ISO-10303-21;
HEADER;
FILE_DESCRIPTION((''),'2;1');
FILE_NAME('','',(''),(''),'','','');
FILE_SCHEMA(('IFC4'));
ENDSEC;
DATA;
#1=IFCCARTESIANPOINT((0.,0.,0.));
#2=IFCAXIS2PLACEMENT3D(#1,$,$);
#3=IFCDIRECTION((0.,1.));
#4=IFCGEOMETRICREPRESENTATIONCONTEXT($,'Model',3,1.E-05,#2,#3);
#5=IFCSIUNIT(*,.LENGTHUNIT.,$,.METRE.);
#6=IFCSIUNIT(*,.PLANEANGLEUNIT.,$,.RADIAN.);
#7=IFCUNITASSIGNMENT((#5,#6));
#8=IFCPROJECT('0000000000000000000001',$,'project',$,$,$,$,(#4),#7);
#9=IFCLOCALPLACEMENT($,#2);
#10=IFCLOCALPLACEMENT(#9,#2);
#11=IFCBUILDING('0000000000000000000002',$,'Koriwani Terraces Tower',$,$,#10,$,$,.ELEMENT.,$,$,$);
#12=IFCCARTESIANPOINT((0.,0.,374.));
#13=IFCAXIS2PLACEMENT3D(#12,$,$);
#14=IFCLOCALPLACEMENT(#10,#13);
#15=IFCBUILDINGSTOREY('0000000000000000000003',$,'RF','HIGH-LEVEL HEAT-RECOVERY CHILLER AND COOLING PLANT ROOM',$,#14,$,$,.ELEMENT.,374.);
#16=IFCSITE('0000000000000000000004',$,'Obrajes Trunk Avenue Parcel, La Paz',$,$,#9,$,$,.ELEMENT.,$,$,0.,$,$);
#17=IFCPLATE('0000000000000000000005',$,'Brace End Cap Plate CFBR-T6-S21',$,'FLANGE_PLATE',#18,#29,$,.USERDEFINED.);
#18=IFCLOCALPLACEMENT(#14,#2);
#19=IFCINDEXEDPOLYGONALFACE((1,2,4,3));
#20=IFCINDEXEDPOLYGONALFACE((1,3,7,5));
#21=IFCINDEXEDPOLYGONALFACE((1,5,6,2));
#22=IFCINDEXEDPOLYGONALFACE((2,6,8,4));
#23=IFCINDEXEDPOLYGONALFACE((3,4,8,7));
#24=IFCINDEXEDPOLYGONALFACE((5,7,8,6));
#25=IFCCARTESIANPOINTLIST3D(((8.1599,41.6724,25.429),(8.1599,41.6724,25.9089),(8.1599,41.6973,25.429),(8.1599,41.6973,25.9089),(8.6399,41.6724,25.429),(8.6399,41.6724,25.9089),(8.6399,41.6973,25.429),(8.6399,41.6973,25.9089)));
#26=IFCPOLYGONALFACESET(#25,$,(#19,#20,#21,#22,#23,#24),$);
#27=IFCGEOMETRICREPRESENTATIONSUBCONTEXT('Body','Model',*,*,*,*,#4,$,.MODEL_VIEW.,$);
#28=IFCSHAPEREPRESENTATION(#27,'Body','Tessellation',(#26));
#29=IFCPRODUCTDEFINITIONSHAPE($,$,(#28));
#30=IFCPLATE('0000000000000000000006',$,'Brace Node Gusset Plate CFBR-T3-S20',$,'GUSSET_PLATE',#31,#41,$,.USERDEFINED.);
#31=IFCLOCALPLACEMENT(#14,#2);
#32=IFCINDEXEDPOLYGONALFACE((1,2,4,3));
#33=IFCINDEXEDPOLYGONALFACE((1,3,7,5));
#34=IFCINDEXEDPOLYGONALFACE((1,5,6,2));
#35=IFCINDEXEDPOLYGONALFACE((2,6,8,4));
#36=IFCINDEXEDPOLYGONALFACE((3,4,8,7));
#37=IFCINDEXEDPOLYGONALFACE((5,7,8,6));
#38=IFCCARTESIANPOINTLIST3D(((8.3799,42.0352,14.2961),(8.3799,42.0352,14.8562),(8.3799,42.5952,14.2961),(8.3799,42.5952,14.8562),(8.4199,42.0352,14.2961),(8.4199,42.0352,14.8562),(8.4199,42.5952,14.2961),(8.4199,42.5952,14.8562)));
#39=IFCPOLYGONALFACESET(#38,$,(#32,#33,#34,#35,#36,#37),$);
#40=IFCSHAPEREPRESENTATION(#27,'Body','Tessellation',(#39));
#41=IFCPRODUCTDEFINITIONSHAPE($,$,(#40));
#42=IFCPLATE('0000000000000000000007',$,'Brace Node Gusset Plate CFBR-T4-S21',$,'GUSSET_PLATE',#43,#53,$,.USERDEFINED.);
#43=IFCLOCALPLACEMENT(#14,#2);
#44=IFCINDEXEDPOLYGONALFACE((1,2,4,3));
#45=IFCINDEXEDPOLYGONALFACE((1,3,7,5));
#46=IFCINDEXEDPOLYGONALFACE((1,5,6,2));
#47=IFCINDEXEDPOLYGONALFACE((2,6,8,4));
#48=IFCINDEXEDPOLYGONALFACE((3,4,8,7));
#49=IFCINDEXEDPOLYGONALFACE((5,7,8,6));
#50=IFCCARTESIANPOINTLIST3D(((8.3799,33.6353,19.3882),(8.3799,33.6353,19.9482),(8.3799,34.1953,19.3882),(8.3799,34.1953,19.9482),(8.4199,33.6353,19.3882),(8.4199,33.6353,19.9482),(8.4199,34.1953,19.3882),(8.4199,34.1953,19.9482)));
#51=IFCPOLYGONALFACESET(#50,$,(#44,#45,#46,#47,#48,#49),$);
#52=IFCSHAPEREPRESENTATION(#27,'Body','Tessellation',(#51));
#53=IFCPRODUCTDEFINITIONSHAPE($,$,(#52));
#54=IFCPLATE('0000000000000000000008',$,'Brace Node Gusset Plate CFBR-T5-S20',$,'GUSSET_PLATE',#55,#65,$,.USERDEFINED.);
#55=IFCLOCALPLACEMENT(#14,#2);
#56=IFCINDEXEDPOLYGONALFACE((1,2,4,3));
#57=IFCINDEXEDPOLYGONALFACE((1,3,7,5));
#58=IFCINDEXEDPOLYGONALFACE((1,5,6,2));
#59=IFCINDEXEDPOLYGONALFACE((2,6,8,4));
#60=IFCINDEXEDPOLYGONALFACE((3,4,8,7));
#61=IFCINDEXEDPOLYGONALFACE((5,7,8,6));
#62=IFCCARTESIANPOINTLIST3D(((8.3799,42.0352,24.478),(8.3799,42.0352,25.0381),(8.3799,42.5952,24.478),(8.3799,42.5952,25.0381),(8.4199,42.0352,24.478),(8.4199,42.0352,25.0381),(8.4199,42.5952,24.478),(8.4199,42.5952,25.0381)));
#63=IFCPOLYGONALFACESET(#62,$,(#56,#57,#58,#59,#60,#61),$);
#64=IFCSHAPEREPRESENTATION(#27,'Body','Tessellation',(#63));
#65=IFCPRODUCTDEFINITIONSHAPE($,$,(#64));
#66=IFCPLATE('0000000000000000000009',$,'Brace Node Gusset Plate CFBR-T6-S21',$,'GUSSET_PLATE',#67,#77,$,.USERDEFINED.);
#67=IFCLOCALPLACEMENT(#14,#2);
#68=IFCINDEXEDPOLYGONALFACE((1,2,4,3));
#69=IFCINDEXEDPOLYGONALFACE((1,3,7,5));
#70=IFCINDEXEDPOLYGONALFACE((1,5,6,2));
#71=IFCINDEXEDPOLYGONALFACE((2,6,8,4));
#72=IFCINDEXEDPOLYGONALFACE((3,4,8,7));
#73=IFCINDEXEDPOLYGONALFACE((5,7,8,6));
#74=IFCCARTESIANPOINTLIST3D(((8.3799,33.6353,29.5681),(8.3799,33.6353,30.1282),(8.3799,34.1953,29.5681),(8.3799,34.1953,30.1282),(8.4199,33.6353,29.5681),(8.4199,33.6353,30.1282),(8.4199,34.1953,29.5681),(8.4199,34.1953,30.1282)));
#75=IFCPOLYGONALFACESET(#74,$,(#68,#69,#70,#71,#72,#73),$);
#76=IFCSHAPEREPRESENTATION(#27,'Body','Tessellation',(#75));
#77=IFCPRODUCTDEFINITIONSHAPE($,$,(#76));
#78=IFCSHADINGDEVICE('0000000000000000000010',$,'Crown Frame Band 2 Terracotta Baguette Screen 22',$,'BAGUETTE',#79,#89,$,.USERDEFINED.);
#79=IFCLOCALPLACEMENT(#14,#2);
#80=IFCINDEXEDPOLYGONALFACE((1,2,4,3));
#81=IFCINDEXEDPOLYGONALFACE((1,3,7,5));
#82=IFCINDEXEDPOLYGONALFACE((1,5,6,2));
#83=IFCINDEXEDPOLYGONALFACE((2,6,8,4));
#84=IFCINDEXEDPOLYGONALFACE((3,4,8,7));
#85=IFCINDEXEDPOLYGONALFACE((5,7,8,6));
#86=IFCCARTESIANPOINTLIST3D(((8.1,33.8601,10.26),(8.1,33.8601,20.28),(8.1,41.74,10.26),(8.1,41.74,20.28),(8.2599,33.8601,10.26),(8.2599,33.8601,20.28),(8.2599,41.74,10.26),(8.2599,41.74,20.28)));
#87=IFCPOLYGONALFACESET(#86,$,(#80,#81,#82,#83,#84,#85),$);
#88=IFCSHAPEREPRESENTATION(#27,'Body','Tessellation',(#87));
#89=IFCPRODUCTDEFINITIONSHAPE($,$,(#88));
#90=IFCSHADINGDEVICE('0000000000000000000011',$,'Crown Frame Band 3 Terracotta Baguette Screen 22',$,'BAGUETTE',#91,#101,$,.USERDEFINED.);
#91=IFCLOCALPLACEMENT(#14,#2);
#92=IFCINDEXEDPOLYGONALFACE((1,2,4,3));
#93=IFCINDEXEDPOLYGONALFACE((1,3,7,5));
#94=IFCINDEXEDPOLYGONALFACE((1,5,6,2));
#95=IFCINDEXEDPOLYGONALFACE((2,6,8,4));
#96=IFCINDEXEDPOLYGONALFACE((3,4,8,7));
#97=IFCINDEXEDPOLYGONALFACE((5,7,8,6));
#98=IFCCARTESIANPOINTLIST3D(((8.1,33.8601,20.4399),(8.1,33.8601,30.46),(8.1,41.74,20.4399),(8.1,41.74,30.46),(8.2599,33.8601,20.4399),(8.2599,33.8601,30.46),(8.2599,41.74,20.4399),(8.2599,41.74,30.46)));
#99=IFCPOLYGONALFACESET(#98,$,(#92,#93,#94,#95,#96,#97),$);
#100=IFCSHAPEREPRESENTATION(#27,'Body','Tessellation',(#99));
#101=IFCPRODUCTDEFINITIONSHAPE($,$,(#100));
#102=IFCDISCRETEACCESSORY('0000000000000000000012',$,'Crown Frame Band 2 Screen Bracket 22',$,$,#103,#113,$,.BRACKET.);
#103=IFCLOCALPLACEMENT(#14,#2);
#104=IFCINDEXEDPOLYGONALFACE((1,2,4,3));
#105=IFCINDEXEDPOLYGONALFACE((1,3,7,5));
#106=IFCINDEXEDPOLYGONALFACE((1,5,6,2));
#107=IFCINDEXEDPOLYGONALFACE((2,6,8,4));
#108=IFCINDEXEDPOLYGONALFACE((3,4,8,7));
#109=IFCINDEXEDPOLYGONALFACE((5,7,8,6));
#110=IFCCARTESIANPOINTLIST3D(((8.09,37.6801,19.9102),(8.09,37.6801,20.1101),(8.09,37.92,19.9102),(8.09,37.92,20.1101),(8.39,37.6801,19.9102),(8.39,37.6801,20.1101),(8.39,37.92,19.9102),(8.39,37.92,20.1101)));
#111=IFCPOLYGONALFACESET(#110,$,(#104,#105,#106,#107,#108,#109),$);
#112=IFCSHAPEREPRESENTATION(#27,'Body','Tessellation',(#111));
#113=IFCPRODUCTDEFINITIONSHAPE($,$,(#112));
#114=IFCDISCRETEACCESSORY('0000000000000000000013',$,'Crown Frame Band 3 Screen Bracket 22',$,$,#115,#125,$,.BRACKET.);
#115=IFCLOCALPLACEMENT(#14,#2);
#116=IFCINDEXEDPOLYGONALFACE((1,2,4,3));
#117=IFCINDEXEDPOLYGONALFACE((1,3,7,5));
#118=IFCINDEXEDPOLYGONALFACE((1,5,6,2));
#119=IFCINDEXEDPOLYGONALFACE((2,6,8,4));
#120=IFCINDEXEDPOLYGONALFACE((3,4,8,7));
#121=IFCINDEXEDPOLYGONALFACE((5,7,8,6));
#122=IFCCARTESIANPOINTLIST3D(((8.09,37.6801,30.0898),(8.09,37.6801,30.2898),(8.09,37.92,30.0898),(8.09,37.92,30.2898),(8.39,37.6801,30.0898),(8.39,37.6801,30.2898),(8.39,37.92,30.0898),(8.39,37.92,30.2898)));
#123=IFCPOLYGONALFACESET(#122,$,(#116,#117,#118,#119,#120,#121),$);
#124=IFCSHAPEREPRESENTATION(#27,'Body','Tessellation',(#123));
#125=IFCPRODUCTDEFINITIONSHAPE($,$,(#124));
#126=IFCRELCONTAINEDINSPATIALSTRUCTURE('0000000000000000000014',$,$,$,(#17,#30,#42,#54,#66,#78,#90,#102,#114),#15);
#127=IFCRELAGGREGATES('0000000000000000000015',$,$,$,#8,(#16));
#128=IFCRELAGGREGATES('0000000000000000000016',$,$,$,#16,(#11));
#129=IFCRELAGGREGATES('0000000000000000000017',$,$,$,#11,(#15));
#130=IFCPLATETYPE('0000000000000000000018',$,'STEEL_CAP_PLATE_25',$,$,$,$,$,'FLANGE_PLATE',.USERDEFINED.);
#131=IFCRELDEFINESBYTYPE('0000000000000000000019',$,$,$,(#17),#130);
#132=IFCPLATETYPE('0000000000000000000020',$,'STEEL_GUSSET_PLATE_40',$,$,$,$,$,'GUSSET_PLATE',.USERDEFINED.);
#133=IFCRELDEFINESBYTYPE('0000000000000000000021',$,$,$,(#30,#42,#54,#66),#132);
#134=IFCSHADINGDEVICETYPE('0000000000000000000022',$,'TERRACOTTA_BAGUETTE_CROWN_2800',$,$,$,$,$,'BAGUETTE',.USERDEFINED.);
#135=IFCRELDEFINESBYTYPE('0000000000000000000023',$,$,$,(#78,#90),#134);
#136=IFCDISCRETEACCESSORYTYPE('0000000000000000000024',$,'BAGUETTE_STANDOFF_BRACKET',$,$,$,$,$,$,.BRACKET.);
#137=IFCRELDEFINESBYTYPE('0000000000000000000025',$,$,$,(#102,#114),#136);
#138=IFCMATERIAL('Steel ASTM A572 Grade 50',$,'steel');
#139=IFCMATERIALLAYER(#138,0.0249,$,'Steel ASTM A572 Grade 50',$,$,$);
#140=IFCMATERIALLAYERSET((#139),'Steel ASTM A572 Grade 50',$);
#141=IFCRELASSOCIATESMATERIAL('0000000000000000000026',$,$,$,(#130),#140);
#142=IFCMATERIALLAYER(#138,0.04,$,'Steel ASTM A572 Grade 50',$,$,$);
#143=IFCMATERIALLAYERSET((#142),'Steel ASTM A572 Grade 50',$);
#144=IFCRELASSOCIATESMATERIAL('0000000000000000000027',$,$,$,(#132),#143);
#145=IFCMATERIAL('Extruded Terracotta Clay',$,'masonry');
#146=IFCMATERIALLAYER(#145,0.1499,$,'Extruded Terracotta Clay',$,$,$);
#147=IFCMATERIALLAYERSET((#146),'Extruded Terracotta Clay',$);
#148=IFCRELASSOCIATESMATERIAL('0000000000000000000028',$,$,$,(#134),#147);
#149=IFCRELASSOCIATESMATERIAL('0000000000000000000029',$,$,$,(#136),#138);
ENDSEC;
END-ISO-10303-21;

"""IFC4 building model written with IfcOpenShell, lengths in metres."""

from ifc_helpers import new_model, si_unit, direction, frame, origin, origin_2d, place, context, subcontext, project, spatial, rectangle, extrude, material, layer, layer_set, type_object, element, save


model = new_model("IFC4")

# Units and contexts
model_context = context("Model", 3, precision=1e-05, world=origin(), true_north=direction((0.0, 1.0)))
body_context = subcontext(model_context, "Body", "Model", "MODEL_VIEW")
ifc_project = project(units=[si_unit("LENGTHUNIT", "METRE"), si_unit("PLANEANGLEUNIT", "RADIAN")], contexts=[model_context])

# Site, building, storey
site_placement = place(None, origin())
site = spatial("IfcSite", under=ifc_project, at=site_placement, Name="Obrajes Trunk Avenue Parcel, La Paz", CompositionType="ELEMENT", RefElevation=0.0)
building_placement = place(site_placement, origin())
building = spatial("IfcBuilding", under=site, at=building_placement, Name="Koriwani Terraces Tower", CompositionType="ELEMENT")
storey_placement = place(building_placement, frame((0.0, 0.0, 374.0)))
storey = spatial("IfcBuildingStorey", under=building, at=storey_placement, Name="RF", Description="HIGH-LEVEL HEAT-RECOVERY CHILLER AND COOLING PLANT ROOM", CompositionType="ELEMENT", Elevation=374.0)

# Shared definitions
ifc_material_1 = material(Name="Steel ASTM A572 Grade 50", Category="steel")

# Plates
ifc_layer_1 = layer(ifc_material_1, 0.0249, Name="Steel ASTM A572 Grade 50")
ifc_layer_set_1 = layer_set([ifc_layer_1], Name="Steel ASTM A572 Grade 50")
plate_type_1 = type_object("IfcPlateType", Name="STEEL_CAP_PLATE_25", ElementType="FLANGE_PLATE", PredefinedType="USERDEFINED", material=ifc_layer_set_1)
for number, where, z_axis, x_axis, name in (
    (1, (8.3999, 41.6848, 25.429), (0.0, 0.0, 1.0), (0.0, -1.0, 0.0), "Brace End Cap Plate CFBR-T6-S21"),
):
    element("IfcPlate", number, at=place(storey_placement, frame(where, z_axis=z_axis, x_axis=x_axis)), inside=storey, type_object=plate_type_1, Name=name, ObjectType="FLANGE_PLATE", PredefinedType="USERDEFINED", context=body_context, shape_type="SweptSolid", body=[
        extrude(rectangle(XDim=0.0249, YDim=0.48, at=origin_2d()), origin(), (0.0, 0.0, 1.0), 0.48),
    ])
ifc_layer_2 = layer(ifc_material_1, 0.04, Name="Steel ASTM A572 Grade 50")
ifc_layer_set_2 = layer_set([ifc_layer_2], Name="Steel ASTM A572 Grade 50")
plate_type_2 = type_object("IfcPlateType", Name="STEEL_GUSSET_PLATE_40", ElementType="GUSSET_PLATE", PredefinedType="USERDEFINED", material=ifc_layer_set_2)
for number, where, z_axis, x_axis, name in (
    (2, (8.3999, 42.3152, 14.2961), (0.0, 0.0, 1.0), (0.0, -1.0, 0.0), "Brace Node Gusset Plate CFBR-T3-S20"),
    (3, (8.3999, 33.9153, 19.3882), (0.0, 0.0, 1.0), (0.0, -1.0, 0.0), "Brace Node Gusset Plate CFBR-T4-S21"),
    (4, (8.3999, 42.3152, 24.478), (0.0, 0.0, 1.0), (0.0, -1.0, 0.0), "Brace Node Gusset Plate CFBR-T5-S20"),
    (5, (8.3999, 33.9153, 29.5681), (0.0, 0.0, 1.0), (0.0, -1.0, 0.0), "Brace Node Gusset Plate CFBR-T6-S21"),
):
    element("IfcPlate", number, at=place(storey_placement, frame(where, z_axis=z_axis, x_axis=x_axis)), inside=storey, type_object=plate_type_2, Name=name, ObjectType="GUSSET_PLATE", PredefinedType="USERDEFINED", context=body_context, shape_type="SweptSolid", body=[
        extrude(rectangle(XDim=0.5601, YDim=0.04, at=origin_2d()), origin(), (0.0, 0.0, 1.0), 0.5601),
    ])

# Shading devices
ifc_material_2 = material(Name="Extruded Terracotta Clay", Category="masonry")
ifc_layer_3 = layer(ifc_material_2, 0.1499, Name="Extruded Terracotta Clay")
ifc_layer_set_3 = layer_set([ifc_layer_3], Name="Extruded Terracotta Clay")
shading_device_type = type_object("IfcShadingDeviceType", Name="TERRACOTTA_BAGUETTE_CROWN_2800", ElementType="BAGUETTE", PredefinedType="USERDEFINED", material=ifc_layer_set_3)
for number, where, z_axis, x_axis, name in (
    (6, (8.1799, 37.8, 10.26), (0.0, 0.0, 1.0), (0.0, -1.0, 0.0), "Crown Frame Band 2 Terracotta Baguette Screen 22"),
    (7, (8.1799, 37.8, 20.4399), (0.0, 0.0, 1.0), (0.0, -1.0, 0.0), "Crown Frame Band 3 Terracotta Baguette Screen 22"),
):
    element("IfcShadingDevice", number, at=place(storey_placement, frame(where, z_axis=z_axis, x_axis=x_axis)), inside=storey, type_object=shading_device_type, Name=name, ObjectType="BAGUETTE", PredefinedType="USERDEFINED", context=body_context, shape_type="SweptSolid", body=[
        extrude(rectangle(XDim=7.8799, YDim=0.1599, at=origin_2d()), origin(), (0.0, 0.0, 1.0), 10.02),
    ])

# Discrete accessories
discrete_accessory_type = type_object("IfcDiscreteAccessoryType", Name="BAGUETTE_STANDOFF_BRACKET", PredefinedType="BRACKET", material=ifc_material_1)
for number, where, z_axis, x_axis, name in (
    (8, (8.24, 37.8, 19.9102), (0.0, 0.0, 1.0), (0.0, -1.0, 0.0), "Crown Frame Band 2 Screen Bracket 22"),
    (9, (8.24, 37.8, 30.0898), (0.0, 0.0, 1.0), (0.0, -1.0, 0.0), "Crown Frame Band 3 Screen Bracket 22"),
):
    element("IfcDiscreteAccessory", number, at=place(storey_placement, frame(where, z_axis=z_axis, x_axis=x_axis)), inside=storey, type_object=discrete_accessory_type, Name=name, PredefinedType="BRACKET", context=body_context, shape_type="SweptSolid", body=[
        extrude(rectangle(XDim=0.24, YDim=0.3, at=origin_2d()), origin(), (0.0, 0.0, 1.0), 0.2),
    ])

save(model, "model.ifc")
